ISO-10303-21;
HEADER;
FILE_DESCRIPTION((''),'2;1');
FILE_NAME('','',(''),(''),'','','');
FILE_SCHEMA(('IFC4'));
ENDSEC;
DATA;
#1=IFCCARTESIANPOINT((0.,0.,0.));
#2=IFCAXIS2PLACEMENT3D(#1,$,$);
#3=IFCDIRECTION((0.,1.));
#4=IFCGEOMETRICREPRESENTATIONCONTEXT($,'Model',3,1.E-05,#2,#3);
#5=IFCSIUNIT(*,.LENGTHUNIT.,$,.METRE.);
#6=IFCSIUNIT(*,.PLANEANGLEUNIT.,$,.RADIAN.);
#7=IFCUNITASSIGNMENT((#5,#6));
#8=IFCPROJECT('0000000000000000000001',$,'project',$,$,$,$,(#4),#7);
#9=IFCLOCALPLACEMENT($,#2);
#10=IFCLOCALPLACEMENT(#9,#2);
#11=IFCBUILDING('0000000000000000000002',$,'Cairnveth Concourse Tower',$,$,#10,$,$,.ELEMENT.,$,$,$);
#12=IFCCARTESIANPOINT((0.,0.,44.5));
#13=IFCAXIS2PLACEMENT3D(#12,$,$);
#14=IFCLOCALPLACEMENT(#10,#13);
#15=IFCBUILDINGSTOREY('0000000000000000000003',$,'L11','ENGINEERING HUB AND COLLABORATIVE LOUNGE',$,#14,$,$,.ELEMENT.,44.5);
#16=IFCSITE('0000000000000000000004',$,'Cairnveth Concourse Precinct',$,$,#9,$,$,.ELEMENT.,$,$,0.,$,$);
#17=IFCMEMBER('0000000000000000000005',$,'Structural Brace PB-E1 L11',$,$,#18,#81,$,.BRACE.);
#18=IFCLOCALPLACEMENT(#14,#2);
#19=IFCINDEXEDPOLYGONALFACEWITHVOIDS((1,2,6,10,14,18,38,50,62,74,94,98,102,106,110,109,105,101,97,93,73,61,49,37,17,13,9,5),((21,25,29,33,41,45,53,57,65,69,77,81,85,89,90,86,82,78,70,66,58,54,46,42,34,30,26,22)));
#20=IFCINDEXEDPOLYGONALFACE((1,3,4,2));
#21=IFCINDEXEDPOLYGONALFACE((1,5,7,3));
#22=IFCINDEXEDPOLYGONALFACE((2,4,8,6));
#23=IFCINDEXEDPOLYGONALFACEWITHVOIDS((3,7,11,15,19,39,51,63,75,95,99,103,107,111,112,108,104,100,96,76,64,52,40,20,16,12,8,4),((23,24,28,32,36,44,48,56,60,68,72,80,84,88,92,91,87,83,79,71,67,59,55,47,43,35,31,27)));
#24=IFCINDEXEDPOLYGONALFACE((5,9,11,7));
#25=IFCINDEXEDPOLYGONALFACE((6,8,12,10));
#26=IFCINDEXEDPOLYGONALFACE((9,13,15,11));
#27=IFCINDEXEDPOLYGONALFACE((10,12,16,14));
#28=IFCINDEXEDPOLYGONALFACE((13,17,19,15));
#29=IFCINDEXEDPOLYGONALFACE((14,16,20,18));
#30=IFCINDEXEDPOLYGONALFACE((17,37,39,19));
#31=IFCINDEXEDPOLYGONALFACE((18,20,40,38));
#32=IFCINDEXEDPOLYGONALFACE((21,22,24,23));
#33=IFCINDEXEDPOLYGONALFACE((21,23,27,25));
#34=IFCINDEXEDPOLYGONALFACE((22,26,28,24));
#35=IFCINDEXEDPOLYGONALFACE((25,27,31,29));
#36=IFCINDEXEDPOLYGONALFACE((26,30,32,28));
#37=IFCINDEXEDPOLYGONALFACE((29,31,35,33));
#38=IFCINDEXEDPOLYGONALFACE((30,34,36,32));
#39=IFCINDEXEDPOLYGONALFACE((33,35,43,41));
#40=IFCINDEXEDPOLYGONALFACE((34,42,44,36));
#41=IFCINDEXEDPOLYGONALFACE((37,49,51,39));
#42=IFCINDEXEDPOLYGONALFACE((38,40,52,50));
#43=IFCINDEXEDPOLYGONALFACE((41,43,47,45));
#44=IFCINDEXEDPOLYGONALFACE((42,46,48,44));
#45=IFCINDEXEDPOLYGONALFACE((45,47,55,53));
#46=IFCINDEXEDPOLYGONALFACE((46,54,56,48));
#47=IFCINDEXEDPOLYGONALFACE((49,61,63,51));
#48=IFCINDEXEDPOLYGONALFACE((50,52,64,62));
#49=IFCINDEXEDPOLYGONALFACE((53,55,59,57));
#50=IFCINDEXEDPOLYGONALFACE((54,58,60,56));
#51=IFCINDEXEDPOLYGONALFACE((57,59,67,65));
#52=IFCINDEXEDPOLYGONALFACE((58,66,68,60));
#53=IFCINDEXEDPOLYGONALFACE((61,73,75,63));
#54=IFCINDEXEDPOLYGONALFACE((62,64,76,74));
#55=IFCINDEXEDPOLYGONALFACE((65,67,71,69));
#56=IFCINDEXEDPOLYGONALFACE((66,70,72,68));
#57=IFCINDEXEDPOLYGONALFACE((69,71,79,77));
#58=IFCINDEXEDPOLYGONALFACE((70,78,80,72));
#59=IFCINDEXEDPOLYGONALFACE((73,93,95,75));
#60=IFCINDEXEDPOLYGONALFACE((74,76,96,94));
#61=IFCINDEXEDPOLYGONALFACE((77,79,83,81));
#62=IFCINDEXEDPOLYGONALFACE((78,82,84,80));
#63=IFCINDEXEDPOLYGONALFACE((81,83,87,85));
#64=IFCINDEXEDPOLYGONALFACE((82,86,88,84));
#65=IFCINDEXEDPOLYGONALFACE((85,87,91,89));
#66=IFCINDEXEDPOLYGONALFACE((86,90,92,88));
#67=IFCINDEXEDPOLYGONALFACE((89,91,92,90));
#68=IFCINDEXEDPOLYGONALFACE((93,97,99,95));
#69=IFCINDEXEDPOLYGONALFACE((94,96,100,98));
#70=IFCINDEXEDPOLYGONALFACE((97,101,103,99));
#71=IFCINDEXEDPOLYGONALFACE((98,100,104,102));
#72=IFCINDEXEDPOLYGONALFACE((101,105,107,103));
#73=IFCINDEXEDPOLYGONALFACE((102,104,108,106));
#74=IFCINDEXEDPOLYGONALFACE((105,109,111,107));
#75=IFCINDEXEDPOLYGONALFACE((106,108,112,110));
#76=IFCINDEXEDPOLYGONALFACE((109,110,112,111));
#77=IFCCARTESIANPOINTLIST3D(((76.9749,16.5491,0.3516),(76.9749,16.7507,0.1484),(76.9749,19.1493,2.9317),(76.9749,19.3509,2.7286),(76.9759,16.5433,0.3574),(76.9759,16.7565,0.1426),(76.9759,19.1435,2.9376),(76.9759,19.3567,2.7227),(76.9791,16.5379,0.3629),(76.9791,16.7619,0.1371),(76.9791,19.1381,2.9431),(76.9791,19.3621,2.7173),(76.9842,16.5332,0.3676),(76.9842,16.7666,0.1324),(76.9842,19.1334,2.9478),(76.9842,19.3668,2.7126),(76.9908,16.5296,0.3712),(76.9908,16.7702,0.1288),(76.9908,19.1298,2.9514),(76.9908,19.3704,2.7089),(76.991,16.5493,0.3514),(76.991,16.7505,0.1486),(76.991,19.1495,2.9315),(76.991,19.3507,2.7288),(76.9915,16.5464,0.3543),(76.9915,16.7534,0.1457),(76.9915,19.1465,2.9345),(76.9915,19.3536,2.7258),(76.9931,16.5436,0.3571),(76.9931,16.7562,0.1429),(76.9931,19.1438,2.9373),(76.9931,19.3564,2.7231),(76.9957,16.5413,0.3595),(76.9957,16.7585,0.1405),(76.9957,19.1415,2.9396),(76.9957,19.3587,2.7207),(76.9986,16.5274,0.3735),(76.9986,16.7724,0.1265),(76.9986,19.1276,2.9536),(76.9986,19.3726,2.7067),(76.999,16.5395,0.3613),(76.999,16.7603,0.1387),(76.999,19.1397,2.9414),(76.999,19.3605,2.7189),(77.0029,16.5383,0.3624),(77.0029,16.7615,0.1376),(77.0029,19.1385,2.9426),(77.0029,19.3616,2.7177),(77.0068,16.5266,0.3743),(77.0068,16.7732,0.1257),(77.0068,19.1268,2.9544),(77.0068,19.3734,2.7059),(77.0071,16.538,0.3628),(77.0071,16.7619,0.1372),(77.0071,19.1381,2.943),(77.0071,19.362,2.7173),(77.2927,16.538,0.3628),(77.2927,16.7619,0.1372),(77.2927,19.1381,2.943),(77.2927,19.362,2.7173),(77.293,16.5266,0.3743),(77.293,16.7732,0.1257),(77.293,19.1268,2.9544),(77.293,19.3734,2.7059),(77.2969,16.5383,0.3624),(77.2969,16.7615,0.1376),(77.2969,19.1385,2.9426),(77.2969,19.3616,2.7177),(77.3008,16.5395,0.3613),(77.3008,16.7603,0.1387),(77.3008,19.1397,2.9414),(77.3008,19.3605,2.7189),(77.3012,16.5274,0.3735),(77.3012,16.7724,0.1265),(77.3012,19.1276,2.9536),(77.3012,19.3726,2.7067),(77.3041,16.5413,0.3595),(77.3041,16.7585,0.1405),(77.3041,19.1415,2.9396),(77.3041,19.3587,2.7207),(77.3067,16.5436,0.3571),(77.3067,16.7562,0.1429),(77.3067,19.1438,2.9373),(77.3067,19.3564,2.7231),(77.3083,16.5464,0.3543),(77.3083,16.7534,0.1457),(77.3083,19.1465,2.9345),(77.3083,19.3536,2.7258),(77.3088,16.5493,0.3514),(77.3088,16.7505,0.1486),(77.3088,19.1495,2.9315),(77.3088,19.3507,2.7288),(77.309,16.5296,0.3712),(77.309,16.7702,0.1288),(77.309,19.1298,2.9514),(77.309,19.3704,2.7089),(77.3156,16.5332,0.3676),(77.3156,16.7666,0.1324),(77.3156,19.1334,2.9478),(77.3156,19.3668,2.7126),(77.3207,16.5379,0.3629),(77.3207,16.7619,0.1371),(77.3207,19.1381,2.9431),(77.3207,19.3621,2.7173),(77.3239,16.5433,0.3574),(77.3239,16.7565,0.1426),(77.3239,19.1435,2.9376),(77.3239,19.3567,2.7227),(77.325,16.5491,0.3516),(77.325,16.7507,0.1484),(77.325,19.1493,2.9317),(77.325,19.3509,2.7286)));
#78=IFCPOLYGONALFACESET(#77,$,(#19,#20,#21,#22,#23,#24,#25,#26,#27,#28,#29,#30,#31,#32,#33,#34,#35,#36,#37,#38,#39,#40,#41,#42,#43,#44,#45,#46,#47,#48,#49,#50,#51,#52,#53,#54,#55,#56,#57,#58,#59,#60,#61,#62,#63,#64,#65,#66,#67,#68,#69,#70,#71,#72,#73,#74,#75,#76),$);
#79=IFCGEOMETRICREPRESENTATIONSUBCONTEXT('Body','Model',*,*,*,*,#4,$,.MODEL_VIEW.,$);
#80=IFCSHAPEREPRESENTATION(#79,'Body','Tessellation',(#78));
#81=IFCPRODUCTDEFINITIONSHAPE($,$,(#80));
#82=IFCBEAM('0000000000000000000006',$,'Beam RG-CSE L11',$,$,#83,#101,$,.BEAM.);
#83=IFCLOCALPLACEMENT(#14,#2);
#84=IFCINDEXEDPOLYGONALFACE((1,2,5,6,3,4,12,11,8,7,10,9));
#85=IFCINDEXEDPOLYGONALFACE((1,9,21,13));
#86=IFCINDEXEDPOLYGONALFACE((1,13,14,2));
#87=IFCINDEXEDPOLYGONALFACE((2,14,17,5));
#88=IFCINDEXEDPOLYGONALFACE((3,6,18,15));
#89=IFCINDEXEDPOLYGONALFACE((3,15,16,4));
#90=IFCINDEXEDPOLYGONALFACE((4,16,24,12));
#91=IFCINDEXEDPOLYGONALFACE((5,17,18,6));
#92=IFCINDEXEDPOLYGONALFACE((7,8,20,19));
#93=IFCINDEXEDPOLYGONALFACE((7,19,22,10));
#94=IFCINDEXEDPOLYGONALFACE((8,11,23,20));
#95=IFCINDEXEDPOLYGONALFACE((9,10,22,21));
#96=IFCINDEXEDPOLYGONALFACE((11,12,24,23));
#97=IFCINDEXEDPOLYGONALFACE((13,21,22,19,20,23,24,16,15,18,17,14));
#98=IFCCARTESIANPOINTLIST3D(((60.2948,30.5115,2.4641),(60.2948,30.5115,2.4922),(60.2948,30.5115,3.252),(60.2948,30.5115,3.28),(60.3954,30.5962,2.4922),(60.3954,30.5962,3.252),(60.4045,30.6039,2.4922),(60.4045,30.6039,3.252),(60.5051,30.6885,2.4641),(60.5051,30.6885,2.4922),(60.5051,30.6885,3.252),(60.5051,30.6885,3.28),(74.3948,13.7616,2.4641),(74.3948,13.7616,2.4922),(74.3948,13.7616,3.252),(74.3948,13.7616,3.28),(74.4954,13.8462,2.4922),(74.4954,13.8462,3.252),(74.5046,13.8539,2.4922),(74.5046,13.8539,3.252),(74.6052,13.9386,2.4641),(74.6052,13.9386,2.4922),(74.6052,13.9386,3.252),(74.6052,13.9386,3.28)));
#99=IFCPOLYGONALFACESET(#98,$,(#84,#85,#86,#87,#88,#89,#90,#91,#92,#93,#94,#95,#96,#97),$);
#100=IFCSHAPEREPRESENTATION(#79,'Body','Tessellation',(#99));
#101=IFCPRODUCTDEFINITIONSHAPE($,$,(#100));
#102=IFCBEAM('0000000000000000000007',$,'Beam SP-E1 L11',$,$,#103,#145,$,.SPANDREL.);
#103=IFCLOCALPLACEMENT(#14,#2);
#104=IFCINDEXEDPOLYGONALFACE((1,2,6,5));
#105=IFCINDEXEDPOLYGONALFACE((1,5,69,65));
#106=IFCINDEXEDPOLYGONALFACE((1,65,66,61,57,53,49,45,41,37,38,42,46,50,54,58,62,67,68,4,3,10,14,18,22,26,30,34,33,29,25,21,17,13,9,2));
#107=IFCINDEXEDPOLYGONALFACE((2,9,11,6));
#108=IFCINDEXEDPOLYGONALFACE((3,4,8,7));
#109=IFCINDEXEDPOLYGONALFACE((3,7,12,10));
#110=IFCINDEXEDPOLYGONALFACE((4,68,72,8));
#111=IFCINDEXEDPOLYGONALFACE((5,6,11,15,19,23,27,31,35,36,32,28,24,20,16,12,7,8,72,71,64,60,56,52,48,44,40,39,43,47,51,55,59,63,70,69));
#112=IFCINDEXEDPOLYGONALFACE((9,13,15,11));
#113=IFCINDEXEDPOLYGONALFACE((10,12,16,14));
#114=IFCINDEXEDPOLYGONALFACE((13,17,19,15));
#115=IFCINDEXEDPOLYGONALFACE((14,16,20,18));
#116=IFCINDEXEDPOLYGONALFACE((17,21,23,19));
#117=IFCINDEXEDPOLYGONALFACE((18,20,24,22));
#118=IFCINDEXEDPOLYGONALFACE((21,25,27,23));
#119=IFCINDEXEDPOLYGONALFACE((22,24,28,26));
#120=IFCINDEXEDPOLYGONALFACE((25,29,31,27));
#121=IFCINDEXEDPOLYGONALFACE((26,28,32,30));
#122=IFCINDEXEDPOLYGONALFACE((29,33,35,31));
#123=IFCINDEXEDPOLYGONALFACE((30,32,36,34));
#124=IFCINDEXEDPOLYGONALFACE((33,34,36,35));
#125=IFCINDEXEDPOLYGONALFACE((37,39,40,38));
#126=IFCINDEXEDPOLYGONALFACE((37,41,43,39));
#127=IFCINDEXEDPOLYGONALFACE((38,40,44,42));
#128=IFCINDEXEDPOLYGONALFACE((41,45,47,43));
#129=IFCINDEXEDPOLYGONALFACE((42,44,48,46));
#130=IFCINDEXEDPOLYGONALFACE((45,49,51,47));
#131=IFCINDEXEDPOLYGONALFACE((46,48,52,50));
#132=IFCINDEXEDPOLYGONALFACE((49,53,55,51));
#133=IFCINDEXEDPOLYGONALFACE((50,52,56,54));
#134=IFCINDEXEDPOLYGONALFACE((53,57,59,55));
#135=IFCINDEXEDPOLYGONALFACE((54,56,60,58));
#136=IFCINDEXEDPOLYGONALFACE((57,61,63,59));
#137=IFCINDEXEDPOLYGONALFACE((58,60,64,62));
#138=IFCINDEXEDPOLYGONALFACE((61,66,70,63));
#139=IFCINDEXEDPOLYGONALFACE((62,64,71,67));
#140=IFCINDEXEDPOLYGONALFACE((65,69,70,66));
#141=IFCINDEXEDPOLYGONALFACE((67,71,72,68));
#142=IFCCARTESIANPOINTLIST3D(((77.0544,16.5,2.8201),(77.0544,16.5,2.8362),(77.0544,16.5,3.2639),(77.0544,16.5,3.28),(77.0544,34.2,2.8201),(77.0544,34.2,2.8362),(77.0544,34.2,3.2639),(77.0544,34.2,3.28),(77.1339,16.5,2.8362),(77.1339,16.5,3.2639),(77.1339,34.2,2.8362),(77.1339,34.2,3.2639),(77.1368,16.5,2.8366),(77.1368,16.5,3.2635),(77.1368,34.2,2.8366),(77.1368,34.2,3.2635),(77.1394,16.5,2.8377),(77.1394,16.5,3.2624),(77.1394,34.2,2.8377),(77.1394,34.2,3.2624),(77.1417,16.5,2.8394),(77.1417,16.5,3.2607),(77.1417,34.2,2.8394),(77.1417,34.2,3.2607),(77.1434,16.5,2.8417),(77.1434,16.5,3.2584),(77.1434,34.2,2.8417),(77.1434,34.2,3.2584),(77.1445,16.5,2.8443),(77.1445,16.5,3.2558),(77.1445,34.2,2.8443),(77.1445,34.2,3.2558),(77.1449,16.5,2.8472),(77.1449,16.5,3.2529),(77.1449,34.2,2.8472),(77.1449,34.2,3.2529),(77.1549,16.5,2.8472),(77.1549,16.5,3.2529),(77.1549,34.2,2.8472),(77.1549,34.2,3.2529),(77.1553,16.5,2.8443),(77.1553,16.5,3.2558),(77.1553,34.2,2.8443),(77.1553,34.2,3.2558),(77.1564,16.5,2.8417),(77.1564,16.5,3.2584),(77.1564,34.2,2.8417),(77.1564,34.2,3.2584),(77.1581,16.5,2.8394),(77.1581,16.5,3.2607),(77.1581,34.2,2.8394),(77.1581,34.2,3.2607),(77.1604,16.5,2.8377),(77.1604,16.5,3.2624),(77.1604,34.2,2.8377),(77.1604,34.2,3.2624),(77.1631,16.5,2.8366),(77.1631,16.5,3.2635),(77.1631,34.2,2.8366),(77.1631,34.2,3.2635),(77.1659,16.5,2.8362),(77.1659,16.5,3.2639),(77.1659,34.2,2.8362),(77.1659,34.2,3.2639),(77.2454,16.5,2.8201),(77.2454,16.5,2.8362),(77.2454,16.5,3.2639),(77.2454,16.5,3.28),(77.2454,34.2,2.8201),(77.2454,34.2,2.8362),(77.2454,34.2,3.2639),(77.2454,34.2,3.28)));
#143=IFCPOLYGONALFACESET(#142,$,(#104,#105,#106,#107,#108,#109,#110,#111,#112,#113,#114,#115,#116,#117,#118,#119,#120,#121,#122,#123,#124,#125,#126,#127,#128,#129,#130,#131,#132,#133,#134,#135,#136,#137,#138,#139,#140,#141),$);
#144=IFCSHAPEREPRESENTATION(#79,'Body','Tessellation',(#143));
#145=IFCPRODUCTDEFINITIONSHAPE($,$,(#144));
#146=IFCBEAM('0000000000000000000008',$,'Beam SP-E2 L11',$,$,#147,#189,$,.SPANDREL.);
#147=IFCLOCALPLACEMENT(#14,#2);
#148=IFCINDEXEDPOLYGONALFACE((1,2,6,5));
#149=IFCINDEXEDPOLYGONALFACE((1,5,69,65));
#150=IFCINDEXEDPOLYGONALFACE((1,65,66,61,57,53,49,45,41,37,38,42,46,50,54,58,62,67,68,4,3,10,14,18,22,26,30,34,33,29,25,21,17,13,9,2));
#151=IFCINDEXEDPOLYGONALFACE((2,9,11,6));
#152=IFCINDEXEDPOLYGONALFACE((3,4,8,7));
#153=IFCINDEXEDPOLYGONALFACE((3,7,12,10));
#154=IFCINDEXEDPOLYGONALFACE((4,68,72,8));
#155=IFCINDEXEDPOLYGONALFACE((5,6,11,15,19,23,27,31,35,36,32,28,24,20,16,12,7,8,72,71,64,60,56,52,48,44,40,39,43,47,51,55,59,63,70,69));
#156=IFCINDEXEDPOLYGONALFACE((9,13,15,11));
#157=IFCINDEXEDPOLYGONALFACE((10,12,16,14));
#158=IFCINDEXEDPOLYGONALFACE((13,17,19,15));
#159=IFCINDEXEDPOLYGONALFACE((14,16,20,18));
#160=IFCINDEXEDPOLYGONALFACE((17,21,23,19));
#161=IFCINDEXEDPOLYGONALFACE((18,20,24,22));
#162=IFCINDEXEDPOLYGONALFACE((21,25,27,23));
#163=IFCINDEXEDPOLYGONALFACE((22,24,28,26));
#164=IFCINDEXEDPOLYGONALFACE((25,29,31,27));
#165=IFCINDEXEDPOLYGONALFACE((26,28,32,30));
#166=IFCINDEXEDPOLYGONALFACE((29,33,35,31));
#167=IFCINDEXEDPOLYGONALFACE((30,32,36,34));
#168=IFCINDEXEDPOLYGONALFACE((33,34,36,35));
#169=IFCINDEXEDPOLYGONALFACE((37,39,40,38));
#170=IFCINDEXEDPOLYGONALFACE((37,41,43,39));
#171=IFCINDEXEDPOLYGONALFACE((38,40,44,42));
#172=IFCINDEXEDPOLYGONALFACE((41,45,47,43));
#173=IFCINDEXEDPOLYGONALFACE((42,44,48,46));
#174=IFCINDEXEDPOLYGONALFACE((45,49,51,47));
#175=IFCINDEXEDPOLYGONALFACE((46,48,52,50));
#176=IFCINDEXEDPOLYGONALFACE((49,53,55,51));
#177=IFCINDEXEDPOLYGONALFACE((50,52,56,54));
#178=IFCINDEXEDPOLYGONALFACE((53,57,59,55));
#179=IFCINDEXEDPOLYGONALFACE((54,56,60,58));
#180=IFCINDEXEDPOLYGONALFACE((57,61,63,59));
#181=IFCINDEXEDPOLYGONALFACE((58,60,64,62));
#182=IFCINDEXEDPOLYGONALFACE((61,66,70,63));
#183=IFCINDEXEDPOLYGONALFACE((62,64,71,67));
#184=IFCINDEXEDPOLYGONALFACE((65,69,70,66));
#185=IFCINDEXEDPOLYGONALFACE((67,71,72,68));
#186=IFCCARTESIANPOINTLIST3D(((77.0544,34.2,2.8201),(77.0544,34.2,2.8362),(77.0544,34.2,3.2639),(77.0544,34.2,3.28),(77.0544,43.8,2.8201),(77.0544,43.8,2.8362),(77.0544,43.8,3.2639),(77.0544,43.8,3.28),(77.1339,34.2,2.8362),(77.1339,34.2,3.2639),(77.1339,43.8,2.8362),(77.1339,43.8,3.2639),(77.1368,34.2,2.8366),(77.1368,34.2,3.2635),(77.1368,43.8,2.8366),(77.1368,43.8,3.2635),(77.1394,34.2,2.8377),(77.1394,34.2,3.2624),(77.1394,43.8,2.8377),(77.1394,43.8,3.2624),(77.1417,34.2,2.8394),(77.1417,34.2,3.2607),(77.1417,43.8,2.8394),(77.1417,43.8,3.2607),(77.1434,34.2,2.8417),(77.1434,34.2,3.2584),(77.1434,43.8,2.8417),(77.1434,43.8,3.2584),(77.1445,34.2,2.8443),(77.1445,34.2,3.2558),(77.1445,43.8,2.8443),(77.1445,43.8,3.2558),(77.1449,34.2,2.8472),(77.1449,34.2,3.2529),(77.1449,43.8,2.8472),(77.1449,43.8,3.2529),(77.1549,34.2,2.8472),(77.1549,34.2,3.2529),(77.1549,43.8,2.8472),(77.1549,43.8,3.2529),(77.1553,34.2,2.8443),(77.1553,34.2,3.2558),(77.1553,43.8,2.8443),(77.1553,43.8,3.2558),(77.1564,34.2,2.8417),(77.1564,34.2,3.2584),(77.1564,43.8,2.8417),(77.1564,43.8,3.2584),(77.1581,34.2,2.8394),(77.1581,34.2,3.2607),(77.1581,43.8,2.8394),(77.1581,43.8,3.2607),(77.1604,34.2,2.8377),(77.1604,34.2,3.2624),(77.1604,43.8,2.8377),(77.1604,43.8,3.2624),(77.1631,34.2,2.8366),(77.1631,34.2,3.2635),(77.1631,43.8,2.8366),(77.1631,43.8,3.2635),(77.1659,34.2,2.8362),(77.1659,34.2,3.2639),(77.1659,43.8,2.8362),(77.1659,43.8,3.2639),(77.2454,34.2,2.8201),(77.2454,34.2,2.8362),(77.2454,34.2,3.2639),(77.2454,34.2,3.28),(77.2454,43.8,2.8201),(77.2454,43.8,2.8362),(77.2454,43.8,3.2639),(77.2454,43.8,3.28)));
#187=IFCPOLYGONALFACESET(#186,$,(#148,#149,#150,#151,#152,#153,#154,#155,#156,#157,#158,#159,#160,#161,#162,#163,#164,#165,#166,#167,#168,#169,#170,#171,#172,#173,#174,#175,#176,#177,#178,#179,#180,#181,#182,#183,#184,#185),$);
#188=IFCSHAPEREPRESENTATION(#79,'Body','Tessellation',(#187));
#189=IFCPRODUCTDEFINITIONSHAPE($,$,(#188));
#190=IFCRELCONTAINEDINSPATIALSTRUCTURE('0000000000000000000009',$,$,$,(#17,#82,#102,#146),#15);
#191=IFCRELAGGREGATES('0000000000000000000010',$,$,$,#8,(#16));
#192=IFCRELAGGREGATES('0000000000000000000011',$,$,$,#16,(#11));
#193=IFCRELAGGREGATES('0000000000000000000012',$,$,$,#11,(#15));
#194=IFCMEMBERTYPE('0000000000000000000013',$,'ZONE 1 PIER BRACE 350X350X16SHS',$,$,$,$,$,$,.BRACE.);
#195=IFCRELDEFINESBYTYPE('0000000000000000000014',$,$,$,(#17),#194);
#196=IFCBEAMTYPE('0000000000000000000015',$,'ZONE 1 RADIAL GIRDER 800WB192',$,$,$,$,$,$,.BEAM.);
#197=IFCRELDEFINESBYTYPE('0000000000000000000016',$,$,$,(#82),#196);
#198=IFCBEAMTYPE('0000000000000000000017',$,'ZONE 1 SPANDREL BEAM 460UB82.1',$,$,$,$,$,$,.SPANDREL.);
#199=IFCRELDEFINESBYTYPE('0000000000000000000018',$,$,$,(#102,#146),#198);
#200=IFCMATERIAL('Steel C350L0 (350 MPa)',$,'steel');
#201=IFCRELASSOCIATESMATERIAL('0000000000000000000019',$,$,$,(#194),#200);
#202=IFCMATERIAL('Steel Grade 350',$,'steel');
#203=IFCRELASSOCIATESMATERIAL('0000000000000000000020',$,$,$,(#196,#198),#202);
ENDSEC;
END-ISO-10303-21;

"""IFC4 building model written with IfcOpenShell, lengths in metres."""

from ifc_helpers import new_model, si_unit, direction, frame, origin, origin_2d, place, context, subcontext, project, spatial, hollow_rectangle, i_section, extrude, material, material_profile, profile_set, type_object, element, save


model = new_model("IFC4")

# Units and contexts
model_context = context("Model", 3, precision=1e-05, world=origin(), true_north=direction((0.0, 1.0)))
body_context = subcontext(model_context, "Body", "Model", "MODEL_VIEW")
ifc_project = project(units=[si_unit("LENGTHUNIT", "METRE"), si_unit("PLANEANGLEUNIT", "RADIAN")], contexts=[model_context])

# Site, building, storey
site_placement = place(None, origin())
site = spatial("IfcSite", under=ifc_project, at=site_placement, Name="Cairnveth Concourse Precinct", CompositionType="ELEMENT", RefElevation=0.0)
building_placement = place(site_placement, origin())
building = spatial("IfcBuilding", under=site, at=building_placement, Name="Cairnveth Concourse Tower", CompositionType="ELEMENT")
storey_placement = place(building_placement, frame((0.0, 0.0, 44.5)))
storey = spatial("IfcBuildingStorey", under=building, at=storey_placement, Name="L11", Description="ENGINEERING HUB AND COLLABORATIVE LOUNGE", CompositionType="ELEMENT", Elevation=44.5)

# Shared definitions
ifc_material_1 = material(Name="Steel Grade 350", Category="steel")

# Member
ifc_material_2 = material(Name="Steel C350L0 (350 MPa)", Category="steel")
ifc_material_profile_1 = material_profile(ifc_material_2, hollow_rectangle(XDim=0.3501, YDim=0.3501, WallThickness=0.0161, InnerFilletRadius=0.0161, OuterFilletRadius=0.032, at=origin_2d()), Name="350x350x16.0SHS")
ifc_profile_set_1 = profile_set([ifc_material_profile_1], Name="Steel C350L0 (350 MPa)")
member_type = type_object("IfcMemberType", Name="ZONE 1 PIER BRACE 350X350X16SHS", PredefinedType="BRACE", material=ifc_profile_set_1)
for number, where, z_axis, x_axis, name in (
    (1, (77.1499, 16.6499, 0.25), (0.0, 0.709834, 0.704369), (-1.0, 0.0, 0.0), "Structural Brace PB-E1 L11"),
):
    element("IfcMember", number, at=place(storey_placement, frame(where, z_axis=z_axis, x_axis=x_axis)), inside=storey, type_object=member_type, Name=name, PredefinedType="BRACE", context=body_context, shape_type="SweptSolid", body=[
        extrude(hollow_rectangle(XDim=0.3501, YDim=0.3501, WallThickness=0.0161, InnerFilletRadius=0.0161, OuterFilletRadius=0.032, at=origin_2d()), origin(), (0.0, 0.0, 1.0), 3.6631),
    ])

# Beams
ifc_material_profile_2 = material_profile(ifc_material_1, i_section(OverallWidth=0.2749, OverallDepth=0.8159, WebThickness=0.012, FlangeThickness=0.0281, at=origin_2d()), Name="800WB192")
ifc_profile_set_2 = profile_set([ifc_material_profile_2], Name="Steel Grade 350")
beam_type_1 = type_object("IfcBeamType", Name="ZONE 1 RADIAL GIRDER 800WB192", PredefinedType="BEAM", material=ifc_profile_set_2)
beam_1_placement = place(storey_placement, frame((74.5, 13.8501, 2.8721), z_axis=(-0.643998, 0.765027, 0.0), x_axis=(-0.765027, -0.643998, 0.0)))
element("IfcBeam", 2, at=beam_1_placement, inside=storey, type_object=beam_type_1, Name="Beam RG-CSE L11", PredefinedType="BEAM", context=body_context, shape_type="SweptSolid", body=[
    extrude(i_section(OverallWidth=0.2749, OverallDepth=0.8159, WebThickness=0.012, FlangeThickness=0.0281, at=origin_2d()), origin(), (0.0, 0.0, 1.0), 21.8945),
])
ifc_material_profile_3 = material_profile(ifc_material_1, i_section(OverallWidth=0.1909, OverallDepth=0.46, WebThickness=0.01, FlangeThickness=0.0161, FilletRadius=0.011, at=origin_2d()), Name="460UB82.1")
ifc_profile_set_3 = profile_set([ifc_material_profile_3], Name="Steel Grade 350")
beam_type_2 = type_object("IfcBeamType", Name="ZONE 1 SPANDREL BEAM 460UB82.1", PredefinedType="SPANDREL", material=ifc_profile_set_3)
beam_2_placement = place(storey_placement, frame((77.1499, 16.5, 3.05), z_axis=(0.0, 1.0, 0.0), x_axis=(-1.0, 0.0, 0.0)))
element("IfcBeam", 3, at=beam_2_placement, inside=storey, type_object=beam_type_2, Name="Beam SP-E1 L11", PredefinedType="SPANDREL", context=body_context, shape_type="SweptSolid", body=[
    extrude(i_section(OverallWidth=0.1909, OverallDepth=0.46, WebThickness=0.01, FlangeThickness=0.0161, FilletRadius=0.011, at=origin_2d()), origin(), (0.0, 0.0, 1.0), 17.7),
])
beam_3_placement = place(storey_placement, frame((77.1499, 34.2, 3.05), z_axis=(0.0, 1.0, 0.0), x_axis=(-1.0, 0.0, 0.0)))
element("IfcBeam", 4, at=beam_3_placement, inside=storey, type_object=beam_type_2, Name="Beam SP-E2 L11", PredefinedType="SPANDREL", context=body_context, shape_type="SweptSolid", body=[
    extrude(i_section(OverallWidth=0.1909, OverallDepth=0.46, WebThickness=0.01, FlangeThickness=0.0161, FilletRadius=0.011, at=origin_2d()), origin(), (0.0, 0.0, 1.0), 9.6001),
])

save(model, "model.ifc")
